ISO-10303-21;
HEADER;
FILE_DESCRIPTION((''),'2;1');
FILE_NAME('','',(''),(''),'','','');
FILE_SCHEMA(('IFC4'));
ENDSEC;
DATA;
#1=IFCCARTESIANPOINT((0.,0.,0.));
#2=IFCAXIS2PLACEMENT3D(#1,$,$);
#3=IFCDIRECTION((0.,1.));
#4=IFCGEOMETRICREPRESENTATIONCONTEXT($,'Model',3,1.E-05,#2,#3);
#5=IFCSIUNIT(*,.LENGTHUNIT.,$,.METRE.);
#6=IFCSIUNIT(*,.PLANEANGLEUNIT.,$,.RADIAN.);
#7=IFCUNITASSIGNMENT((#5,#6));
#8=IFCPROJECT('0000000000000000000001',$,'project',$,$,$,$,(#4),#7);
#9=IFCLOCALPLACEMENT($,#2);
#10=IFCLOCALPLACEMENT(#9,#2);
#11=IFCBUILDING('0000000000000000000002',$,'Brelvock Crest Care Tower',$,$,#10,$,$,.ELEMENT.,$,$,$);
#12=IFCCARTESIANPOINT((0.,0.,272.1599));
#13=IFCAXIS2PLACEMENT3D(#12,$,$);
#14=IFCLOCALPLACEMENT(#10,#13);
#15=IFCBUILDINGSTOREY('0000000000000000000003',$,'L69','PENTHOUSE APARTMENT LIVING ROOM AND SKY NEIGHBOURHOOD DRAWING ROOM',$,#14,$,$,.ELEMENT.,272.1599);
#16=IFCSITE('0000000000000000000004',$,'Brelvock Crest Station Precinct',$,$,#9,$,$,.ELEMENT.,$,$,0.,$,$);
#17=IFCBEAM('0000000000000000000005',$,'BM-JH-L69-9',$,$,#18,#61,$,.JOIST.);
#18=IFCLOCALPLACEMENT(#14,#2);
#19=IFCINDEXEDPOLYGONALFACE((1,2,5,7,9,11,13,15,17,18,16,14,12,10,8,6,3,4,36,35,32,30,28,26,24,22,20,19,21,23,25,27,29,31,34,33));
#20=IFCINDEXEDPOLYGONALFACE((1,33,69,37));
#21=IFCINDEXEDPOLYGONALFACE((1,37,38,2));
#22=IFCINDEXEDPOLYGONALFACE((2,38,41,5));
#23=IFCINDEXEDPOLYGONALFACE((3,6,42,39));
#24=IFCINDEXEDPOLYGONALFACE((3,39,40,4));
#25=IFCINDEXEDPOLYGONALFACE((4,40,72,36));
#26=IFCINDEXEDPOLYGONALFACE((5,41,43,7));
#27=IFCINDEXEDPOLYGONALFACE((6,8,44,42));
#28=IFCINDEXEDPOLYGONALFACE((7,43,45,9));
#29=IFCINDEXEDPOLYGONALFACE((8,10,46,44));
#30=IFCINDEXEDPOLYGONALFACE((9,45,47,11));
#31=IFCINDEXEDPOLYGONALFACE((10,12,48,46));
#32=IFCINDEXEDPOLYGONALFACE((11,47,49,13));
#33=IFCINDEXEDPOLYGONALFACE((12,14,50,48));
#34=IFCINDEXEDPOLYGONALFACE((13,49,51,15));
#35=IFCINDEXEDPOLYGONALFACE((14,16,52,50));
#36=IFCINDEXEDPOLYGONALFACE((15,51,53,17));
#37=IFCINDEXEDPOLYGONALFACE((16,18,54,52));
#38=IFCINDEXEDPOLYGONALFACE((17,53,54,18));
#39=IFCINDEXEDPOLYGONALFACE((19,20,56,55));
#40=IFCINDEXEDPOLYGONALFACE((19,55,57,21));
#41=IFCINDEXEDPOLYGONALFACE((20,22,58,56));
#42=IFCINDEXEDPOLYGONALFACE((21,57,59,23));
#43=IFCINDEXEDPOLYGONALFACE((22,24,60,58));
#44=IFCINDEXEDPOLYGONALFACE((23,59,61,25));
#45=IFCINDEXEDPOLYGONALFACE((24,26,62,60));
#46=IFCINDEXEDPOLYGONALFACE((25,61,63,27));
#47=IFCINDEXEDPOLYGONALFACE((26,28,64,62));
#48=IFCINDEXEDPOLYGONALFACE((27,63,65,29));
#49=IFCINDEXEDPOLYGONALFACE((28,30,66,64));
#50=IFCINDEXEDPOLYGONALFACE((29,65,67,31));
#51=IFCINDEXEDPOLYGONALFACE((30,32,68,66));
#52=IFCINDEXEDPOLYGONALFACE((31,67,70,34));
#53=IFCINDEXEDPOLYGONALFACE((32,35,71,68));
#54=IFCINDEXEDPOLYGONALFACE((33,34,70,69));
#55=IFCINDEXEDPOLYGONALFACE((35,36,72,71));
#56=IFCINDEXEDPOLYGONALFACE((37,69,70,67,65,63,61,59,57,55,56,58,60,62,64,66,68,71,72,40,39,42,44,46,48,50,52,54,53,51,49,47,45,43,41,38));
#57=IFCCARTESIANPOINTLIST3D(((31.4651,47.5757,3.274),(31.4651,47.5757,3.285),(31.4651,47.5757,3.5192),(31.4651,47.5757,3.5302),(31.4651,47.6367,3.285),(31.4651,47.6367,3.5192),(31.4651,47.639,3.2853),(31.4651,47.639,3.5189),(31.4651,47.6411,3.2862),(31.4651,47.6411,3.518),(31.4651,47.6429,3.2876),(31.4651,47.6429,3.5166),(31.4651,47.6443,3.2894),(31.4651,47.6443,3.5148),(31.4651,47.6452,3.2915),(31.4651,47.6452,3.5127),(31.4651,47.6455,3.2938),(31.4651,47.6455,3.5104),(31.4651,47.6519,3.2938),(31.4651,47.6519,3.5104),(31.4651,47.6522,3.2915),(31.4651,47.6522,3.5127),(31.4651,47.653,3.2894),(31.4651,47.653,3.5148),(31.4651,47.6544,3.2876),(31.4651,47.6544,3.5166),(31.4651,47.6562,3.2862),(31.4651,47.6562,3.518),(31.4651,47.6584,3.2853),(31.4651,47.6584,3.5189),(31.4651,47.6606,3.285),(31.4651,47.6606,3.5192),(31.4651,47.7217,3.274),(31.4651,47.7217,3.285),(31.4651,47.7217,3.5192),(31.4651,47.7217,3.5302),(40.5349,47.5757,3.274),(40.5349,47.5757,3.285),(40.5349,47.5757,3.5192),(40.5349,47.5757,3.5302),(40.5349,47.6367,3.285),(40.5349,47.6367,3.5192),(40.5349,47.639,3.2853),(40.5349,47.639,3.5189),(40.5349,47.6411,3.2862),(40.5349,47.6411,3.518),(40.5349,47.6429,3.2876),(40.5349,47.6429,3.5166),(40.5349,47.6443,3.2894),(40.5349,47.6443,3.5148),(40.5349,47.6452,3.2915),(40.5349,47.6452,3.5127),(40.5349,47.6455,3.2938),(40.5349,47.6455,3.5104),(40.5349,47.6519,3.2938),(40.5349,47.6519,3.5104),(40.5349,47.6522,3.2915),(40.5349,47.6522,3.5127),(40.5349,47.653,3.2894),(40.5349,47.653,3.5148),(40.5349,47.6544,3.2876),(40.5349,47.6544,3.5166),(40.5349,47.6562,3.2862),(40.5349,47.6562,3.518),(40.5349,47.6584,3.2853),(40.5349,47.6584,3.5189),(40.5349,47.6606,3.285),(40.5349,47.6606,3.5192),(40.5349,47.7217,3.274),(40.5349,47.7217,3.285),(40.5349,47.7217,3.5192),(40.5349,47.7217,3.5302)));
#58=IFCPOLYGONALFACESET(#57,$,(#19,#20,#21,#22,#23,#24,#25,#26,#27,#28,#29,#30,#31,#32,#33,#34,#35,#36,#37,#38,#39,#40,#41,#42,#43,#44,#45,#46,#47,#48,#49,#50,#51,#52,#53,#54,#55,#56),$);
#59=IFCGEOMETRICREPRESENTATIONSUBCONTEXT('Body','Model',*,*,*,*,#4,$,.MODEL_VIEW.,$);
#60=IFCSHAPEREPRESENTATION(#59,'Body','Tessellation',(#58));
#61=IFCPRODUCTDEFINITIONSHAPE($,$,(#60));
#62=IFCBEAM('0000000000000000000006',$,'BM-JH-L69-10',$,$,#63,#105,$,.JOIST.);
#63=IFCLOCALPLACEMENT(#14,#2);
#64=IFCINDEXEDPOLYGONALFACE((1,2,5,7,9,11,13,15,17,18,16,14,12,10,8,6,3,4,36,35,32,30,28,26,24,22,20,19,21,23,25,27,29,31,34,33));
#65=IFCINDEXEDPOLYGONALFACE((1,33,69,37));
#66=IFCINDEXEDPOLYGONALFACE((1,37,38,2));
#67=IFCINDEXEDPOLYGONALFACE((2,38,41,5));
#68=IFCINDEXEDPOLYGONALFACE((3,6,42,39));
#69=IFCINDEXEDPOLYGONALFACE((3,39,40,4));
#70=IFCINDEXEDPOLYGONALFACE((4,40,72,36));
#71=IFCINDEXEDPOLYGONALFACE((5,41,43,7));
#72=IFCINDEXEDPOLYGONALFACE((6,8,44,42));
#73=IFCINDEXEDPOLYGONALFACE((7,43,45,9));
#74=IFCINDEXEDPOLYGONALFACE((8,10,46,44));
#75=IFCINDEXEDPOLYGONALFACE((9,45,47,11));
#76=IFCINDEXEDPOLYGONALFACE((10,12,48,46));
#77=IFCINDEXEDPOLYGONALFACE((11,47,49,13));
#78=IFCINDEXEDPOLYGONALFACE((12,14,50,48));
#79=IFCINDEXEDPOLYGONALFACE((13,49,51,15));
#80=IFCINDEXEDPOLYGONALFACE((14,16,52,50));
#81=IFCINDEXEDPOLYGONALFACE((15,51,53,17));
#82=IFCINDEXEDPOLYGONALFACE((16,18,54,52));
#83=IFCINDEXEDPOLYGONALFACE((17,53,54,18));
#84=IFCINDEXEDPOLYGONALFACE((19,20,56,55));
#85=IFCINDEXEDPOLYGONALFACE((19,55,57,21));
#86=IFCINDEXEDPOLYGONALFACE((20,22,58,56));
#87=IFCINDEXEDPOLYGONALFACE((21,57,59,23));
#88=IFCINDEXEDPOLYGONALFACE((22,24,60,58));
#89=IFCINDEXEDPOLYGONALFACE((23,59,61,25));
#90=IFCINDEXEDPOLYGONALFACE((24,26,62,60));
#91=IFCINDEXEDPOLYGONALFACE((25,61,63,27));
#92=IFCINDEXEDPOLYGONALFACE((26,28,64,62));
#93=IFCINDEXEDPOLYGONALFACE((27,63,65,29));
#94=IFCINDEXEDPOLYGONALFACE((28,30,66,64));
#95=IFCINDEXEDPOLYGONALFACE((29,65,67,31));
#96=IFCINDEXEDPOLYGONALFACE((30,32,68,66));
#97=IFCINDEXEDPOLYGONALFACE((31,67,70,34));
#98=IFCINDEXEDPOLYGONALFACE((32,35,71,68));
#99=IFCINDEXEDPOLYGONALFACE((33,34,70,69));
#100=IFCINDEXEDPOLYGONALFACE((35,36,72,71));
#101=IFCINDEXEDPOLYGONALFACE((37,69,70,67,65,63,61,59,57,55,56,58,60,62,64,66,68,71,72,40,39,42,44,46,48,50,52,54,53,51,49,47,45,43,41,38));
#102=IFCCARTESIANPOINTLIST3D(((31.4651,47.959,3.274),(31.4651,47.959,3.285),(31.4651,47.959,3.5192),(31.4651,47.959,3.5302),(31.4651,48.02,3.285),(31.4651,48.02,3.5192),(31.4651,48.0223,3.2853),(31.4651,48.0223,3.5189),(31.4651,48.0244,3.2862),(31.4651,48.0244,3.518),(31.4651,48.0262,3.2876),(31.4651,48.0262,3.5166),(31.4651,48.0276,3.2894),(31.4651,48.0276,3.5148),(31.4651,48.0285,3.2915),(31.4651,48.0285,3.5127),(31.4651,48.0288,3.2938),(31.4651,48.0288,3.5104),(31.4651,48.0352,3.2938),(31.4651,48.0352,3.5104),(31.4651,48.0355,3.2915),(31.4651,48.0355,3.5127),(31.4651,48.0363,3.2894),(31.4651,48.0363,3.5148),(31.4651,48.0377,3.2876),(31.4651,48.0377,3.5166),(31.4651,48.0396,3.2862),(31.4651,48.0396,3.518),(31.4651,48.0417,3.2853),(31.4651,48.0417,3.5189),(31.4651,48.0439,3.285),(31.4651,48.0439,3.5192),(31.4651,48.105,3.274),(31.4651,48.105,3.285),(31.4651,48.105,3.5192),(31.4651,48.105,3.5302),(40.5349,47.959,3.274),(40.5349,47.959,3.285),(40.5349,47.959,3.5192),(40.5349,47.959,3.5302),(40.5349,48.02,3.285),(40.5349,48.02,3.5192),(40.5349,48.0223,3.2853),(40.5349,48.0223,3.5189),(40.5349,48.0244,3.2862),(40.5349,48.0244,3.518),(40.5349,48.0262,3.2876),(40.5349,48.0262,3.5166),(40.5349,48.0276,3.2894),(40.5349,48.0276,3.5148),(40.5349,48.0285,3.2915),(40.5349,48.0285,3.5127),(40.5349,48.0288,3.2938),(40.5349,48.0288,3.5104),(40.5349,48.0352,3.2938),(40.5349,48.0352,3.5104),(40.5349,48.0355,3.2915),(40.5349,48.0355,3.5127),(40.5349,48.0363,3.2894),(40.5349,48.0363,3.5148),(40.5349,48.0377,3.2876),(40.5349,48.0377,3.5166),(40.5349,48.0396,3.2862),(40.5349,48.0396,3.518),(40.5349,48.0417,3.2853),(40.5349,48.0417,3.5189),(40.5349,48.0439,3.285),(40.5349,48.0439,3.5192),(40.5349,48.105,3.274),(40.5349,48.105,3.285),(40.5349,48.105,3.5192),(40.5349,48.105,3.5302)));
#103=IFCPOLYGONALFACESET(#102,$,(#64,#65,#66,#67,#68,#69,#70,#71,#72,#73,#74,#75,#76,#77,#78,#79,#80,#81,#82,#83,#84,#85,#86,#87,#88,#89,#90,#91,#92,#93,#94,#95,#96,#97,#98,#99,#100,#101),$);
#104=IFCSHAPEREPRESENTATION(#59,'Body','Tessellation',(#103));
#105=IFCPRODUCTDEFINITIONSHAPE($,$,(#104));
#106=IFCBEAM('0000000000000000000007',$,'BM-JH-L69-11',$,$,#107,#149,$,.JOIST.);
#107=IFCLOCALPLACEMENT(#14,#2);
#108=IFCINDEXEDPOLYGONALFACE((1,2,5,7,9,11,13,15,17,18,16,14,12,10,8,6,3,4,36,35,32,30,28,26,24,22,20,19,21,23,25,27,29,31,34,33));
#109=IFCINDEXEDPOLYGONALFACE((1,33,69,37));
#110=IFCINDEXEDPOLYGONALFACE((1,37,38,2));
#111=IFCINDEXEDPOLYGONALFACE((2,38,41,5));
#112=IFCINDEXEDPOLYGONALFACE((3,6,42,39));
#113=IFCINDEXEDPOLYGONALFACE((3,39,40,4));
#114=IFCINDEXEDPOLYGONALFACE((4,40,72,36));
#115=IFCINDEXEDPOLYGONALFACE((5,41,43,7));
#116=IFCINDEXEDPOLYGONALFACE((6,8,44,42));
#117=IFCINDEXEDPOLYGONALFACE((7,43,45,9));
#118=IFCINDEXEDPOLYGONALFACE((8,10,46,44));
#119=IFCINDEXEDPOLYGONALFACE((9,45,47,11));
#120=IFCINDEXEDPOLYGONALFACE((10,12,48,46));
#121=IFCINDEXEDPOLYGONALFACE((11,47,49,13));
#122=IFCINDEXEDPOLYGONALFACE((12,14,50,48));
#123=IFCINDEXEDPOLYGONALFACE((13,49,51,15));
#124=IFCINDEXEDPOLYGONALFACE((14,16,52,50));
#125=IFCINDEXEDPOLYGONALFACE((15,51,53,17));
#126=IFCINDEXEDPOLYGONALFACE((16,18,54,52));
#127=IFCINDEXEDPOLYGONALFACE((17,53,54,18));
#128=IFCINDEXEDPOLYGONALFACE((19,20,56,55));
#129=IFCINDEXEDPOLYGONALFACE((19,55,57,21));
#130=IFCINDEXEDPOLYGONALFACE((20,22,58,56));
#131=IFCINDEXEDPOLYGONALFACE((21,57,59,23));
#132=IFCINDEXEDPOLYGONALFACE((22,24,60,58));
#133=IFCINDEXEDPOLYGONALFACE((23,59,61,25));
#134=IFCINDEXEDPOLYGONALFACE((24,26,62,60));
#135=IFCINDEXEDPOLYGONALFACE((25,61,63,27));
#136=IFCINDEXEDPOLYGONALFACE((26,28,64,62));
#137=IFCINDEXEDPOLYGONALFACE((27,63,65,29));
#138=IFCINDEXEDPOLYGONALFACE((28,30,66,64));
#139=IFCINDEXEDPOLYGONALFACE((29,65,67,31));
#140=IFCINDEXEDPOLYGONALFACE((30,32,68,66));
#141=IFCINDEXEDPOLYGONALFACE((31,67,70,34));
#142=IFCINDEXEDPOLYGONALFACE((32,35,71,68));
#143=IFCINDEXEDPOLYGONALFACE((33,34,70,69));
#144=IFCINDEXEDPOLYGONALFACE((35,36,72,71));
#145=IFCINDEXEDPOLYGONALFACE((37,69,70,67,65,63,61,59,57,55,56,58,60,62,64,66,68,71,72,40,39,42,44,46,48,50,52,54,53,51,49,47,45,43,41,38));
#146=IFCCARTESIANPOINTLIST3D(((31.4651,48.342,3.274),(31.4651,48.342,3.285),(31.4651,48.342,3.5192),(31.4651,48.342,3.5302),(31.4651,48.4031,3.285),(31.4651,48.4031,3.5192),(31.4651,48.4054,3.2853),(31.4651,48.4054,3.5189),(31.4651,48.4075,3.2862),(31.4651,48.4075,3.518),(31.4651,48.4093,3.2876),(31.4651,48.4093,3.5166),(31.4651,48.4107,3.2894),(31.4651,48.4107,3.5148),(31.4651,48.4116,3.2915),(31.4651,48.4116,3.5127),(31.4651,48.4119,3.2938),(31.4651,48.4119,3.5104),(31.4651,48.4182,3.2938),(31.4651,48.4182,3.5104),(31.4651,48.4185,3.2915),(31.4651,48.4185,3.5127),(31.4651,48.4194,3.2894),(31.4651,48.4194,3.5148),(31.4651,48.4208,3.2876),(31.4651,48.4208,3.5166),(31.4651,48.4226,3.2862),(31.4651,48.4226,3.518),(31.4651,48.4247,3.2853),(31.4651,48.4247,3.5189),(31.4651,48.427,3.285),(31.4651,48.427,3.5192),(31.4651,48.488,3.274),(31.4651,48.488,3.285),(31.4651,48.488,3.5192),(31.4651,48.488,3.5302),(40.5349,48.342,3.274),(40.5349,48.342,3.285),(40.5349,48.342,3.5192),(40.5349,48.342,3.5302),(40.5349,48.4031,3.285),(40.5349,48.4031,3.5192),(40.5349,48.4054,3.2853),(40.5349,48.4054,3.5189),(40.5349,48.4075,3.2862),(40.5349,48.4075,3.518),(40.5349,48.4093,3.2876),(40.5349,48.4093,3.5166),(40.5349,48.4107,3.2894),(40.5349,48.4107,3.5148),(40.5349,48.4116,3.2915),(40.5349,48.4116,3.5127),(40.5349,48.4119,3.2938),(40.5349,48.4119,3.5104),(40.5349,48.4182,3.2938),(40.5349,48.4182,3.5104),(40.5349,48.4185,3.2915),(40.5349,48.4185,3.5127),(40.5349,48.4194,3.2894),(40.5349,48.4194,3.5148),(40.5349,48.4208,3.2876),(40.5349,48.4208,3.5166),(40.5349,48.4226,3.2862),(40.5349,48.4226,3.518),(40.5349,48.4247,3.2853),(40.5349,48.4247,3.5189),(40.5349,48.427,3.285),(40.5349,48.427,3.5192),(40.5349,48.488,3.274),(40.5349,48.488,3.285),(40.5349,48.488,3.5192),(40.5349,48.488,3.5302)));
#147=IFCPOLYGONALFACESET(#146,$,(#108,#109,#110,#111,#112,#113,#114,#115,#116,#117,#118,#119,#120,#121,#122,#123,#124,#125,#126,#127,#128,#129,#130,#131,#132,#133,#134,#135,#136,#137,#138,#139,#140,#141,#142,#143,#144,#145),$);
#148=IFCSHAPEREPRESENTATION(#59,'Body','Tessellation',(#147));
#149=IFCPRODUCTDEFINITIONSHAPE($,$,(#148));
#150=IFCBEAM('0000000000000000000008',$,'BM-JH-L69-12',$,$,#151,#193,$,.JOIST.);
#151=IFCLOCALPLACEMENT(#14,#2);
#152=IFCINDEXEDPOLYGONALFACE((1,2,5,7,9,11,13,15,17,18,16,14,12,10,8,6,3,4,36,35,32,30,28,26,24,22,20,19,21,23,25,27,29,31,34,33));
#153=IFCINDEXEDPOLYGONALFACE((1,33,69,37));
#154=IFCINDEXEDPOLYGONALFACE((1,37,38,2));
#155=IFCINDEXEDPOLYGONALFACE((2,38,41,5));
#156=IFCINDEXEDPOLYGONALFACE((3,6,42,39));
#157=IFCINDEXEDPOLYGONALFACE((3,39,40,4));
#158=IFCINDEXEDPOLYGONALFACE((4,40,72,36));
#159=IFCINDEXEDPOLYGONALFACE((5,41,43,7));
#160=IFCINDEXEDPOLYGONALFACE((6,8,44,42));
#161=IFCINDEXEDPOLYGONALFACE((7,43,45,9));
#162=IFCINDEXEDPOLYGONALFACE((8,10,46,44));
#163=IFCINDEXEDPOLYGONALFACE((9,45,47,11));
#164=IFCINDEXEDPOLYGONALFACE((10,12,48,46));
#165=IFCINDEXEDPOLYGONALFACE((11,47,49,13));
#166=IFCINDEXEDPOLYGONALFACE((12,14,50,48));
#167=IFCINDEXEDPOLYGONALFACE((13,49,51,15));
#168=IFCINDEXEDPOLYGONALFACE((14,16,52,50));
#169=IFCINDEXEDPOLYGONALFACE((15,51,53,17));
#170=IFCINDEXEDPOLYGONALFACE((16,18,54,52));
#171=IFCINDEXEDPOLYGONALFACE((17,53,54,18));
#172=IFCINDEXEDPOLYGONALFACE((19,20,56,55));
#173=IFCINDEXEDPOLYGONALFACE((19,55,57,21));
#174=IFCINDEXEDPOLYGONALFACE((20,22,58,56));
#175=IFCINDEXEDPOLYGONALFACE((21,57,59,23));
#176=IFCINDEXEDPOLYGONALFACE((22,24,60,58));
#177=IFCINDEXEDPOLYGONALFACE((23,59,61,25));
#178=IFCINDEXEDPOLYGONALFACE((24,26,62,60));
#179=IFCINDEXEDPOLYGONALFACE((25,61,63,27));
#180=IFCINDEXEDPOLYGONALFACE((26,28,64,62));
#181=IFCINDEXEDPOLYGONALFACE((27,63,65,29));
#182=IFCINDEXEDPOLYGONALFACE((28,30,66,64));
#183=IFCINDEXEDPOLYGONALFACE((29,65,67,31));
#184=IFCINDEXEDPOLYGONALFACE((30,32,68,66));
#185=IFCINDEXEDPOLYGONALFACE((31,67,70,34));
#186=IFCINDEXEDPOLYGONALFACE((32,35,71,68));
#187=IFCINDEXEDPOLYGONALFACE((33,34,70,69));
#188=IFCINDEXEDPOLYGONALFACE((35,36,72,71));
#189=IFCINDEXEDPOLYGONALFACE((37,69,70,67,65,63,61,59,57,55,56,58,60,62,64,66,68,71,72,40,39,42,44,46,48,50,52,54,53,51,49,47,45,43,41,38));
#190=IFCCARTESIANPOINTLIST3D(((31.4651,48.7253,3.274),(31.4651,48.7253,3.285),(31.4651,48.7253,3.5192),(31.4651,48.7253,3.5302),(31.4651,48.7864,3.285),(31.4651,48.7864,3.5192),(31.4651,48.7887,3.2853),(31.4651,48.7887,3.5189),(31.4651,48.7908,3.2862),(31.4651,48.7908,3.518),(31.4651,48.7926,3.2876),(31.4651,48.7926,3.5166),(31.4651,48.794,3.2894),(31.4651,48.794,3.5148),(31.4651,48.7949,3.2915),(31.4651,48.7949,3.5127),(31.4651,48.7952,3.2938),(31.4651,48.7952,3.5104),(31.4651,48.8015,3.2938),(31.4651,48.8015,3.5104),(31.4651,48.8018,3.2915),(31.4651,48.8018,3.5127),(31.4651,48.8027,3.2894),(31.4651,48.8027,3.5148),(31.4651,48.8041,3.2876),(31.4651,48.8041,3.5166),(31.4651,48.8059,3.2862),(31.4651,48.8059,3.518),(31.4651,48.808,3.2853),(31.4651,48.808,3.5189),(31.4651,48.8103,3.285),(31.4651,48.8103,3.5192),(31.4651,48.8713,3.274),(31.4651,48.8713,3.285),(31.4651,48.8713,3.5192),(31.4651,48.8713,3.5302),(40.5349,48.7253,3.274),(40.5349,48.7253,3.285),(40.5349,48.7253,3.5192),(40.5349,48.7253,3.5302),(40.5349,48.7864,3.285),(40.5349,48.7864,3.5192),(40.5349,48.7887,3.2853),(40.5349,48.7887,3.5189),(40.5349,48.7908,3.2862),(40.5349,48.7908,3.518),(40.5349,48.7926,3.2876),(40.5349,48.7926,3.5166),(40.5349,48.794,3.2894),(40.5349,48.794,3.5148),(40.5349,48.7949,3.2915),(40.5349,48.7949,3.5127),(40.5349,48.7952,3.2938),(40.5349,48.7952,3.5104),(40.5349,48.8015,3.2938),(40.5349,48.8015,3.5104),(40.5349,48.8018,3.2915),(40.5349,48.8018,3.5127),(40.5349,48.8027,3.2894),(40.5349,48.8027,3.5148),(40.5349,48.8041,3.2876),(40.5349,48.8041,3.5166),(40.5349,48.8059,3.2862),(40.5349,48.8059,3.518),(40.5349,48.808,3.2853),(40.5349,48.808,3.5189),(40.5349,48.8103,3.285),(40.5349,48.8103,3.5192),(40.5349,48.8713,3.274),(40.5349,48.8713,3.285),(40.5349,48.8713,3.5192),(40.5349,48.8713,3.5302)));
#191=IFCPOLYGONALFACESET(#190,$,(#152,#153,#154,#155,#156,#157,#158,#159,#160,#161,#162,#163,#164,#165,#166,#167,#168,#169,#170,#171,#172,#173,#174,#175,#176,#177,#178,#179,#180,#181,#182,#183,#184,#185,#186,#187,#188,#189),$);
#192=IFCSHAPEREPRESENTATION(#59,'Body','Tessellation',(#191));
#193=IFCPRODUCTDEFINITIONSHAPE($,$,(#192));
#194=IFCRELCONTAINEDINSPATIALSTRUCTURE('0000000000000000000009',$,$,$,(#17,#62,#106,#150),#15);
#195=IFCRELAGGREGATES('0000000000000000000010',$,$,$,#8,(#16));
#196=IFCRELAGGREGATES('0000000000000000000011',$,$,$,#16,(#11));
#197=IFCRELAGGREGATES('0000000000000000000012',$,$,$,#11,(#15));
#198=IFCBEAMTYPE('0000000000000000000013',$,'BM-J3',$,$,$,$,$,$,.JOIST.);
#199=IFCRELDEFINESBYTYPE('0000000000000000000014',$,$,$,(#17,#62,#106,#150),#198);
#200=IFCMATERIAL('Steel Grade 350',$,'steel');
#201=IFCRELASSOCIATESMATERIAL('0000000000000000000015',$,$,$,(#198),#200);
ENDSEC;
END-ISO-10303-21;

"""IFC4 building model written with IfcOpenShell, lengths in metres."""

from ifc_helpers import new_model, si_unit, direction, frame, origin, origin_2d, place, context, subcontext, project, spatial, i_section, extrude, source, transform, mapped, material, material_profile, profile_set, type_object, element, save


model = new_model("IFC4")

# Units and contexts
model_context = context("Model", 3, precision=1e-05, world=origin(), true_north=direction((0.0, 1.0)))
body_context = subcontext(model_context, "Body", "Model", "MODEL_VIEW")
ifc_project = project(units=[si_unit("LENGTHUNIT", "METRE"), si_unit("PLANEANGLEUNIT", "RADIAN")], contexts=[model_context])

# Site, building, storey
site_placement = place(None, origin())
site = spatial("IfcSite", under=ifc_project, at=site_placement, Name="Brelvock Crest Station Precinct", CompositionType="ELEMENT", RefElevation=0.0)
building_placement = place(site_placement, origin())
building = spatial("IfcBuilding", under=site, at=building_placement, Name="Brelvock Crest Care Tower", CompositionType="ELEMENT")
storey_placement = place(building_placement, frame((0.0, 0.0, 272.1599)))
storey = spatial("IfcBuildingStorey", under=building, at=storey_placement, Name="L69", Description="PENTHOUSE APARTMENT LIVING ROOM AND SKY NEIGHBOURHOOD DRAWING ROOM", CompositionType="ELEMENT", Elevation=272.1599)

# Beams
ifc_material_1 = material(Name="Steel Grade 350", Category="steel")
ifc_material_profile_1 = material_profile(ifc_material_1, i_section(OverallWidth=0.146, OverallDepth=0.2561, WebThickness=0.0063, FlangeThickness=0.011, FilletRadius=0.0088, at=origin_2d()), Name="250UB37.3")
ifc_profile_set_1 = profile_set([ifc_material_profile_1], Name="Steel Grade 350")
beam_type_1 = type_object("IfcBeamType", Name="BM-J3", PredefinedType="JOIST", material=ifc_profile_set_1)
shared_shape_1 = source(origin(), body_context, "Body", "SweptSolid", [
    extrude(i_section(OverallWidth=0.146, OverallDepth=0.2561, WebThickness=0.0063, FlangeThickness=0.011, FilletRadius=0.0088, at=origin_2d()), origin(), (0.0, 0.0, 1.0), 9.0698),
])
for number, where, z_axis, x_axis, name in (
    (1, (31.4651, 47.6487, 3.4021), (1.0, 0.0, 0.0), (0.0, 1.0, 0.0), "BM-JH-L69-9"),
    (2, (31.4651, 48.032, 3.4021), (1.0, 0.0, 0.0), (0.0, 1.0, 0.0), "BM-JH-L69-10"),
    (3, (31.4651, 48.415, 3.4021), (1.0, 0.0, 0.0), (0.0, 1.0, 0.0), "BM-JH-L69-11"),
    (4, (31.4651, 48.7983, 3.4021), (1.0, 0.0, 0.0), (0.0, 1.0, 0.0), "BM-JH-L69-12"),
):
    element("IfcBeam", number, at=place(storey_placement, frame(where, z_axis=z_axis, x_axis=x_axis)), inside=storey, type_object=beam_type_1, Name=name, PredefinedType="JOIST", context=body_context, shape_type="MappedRepresentation", body=[
        mapped(shared_shape_1, transform((0.0, 0.0, 0.0), x_axis=(1.0, 0.0, 0.0), y_axis=(0.0, 1.0, 0.0), z_axis=(0.0, 0.0, 1.0), scale=1.0)),
    ])

save(model, "model.ifc")
